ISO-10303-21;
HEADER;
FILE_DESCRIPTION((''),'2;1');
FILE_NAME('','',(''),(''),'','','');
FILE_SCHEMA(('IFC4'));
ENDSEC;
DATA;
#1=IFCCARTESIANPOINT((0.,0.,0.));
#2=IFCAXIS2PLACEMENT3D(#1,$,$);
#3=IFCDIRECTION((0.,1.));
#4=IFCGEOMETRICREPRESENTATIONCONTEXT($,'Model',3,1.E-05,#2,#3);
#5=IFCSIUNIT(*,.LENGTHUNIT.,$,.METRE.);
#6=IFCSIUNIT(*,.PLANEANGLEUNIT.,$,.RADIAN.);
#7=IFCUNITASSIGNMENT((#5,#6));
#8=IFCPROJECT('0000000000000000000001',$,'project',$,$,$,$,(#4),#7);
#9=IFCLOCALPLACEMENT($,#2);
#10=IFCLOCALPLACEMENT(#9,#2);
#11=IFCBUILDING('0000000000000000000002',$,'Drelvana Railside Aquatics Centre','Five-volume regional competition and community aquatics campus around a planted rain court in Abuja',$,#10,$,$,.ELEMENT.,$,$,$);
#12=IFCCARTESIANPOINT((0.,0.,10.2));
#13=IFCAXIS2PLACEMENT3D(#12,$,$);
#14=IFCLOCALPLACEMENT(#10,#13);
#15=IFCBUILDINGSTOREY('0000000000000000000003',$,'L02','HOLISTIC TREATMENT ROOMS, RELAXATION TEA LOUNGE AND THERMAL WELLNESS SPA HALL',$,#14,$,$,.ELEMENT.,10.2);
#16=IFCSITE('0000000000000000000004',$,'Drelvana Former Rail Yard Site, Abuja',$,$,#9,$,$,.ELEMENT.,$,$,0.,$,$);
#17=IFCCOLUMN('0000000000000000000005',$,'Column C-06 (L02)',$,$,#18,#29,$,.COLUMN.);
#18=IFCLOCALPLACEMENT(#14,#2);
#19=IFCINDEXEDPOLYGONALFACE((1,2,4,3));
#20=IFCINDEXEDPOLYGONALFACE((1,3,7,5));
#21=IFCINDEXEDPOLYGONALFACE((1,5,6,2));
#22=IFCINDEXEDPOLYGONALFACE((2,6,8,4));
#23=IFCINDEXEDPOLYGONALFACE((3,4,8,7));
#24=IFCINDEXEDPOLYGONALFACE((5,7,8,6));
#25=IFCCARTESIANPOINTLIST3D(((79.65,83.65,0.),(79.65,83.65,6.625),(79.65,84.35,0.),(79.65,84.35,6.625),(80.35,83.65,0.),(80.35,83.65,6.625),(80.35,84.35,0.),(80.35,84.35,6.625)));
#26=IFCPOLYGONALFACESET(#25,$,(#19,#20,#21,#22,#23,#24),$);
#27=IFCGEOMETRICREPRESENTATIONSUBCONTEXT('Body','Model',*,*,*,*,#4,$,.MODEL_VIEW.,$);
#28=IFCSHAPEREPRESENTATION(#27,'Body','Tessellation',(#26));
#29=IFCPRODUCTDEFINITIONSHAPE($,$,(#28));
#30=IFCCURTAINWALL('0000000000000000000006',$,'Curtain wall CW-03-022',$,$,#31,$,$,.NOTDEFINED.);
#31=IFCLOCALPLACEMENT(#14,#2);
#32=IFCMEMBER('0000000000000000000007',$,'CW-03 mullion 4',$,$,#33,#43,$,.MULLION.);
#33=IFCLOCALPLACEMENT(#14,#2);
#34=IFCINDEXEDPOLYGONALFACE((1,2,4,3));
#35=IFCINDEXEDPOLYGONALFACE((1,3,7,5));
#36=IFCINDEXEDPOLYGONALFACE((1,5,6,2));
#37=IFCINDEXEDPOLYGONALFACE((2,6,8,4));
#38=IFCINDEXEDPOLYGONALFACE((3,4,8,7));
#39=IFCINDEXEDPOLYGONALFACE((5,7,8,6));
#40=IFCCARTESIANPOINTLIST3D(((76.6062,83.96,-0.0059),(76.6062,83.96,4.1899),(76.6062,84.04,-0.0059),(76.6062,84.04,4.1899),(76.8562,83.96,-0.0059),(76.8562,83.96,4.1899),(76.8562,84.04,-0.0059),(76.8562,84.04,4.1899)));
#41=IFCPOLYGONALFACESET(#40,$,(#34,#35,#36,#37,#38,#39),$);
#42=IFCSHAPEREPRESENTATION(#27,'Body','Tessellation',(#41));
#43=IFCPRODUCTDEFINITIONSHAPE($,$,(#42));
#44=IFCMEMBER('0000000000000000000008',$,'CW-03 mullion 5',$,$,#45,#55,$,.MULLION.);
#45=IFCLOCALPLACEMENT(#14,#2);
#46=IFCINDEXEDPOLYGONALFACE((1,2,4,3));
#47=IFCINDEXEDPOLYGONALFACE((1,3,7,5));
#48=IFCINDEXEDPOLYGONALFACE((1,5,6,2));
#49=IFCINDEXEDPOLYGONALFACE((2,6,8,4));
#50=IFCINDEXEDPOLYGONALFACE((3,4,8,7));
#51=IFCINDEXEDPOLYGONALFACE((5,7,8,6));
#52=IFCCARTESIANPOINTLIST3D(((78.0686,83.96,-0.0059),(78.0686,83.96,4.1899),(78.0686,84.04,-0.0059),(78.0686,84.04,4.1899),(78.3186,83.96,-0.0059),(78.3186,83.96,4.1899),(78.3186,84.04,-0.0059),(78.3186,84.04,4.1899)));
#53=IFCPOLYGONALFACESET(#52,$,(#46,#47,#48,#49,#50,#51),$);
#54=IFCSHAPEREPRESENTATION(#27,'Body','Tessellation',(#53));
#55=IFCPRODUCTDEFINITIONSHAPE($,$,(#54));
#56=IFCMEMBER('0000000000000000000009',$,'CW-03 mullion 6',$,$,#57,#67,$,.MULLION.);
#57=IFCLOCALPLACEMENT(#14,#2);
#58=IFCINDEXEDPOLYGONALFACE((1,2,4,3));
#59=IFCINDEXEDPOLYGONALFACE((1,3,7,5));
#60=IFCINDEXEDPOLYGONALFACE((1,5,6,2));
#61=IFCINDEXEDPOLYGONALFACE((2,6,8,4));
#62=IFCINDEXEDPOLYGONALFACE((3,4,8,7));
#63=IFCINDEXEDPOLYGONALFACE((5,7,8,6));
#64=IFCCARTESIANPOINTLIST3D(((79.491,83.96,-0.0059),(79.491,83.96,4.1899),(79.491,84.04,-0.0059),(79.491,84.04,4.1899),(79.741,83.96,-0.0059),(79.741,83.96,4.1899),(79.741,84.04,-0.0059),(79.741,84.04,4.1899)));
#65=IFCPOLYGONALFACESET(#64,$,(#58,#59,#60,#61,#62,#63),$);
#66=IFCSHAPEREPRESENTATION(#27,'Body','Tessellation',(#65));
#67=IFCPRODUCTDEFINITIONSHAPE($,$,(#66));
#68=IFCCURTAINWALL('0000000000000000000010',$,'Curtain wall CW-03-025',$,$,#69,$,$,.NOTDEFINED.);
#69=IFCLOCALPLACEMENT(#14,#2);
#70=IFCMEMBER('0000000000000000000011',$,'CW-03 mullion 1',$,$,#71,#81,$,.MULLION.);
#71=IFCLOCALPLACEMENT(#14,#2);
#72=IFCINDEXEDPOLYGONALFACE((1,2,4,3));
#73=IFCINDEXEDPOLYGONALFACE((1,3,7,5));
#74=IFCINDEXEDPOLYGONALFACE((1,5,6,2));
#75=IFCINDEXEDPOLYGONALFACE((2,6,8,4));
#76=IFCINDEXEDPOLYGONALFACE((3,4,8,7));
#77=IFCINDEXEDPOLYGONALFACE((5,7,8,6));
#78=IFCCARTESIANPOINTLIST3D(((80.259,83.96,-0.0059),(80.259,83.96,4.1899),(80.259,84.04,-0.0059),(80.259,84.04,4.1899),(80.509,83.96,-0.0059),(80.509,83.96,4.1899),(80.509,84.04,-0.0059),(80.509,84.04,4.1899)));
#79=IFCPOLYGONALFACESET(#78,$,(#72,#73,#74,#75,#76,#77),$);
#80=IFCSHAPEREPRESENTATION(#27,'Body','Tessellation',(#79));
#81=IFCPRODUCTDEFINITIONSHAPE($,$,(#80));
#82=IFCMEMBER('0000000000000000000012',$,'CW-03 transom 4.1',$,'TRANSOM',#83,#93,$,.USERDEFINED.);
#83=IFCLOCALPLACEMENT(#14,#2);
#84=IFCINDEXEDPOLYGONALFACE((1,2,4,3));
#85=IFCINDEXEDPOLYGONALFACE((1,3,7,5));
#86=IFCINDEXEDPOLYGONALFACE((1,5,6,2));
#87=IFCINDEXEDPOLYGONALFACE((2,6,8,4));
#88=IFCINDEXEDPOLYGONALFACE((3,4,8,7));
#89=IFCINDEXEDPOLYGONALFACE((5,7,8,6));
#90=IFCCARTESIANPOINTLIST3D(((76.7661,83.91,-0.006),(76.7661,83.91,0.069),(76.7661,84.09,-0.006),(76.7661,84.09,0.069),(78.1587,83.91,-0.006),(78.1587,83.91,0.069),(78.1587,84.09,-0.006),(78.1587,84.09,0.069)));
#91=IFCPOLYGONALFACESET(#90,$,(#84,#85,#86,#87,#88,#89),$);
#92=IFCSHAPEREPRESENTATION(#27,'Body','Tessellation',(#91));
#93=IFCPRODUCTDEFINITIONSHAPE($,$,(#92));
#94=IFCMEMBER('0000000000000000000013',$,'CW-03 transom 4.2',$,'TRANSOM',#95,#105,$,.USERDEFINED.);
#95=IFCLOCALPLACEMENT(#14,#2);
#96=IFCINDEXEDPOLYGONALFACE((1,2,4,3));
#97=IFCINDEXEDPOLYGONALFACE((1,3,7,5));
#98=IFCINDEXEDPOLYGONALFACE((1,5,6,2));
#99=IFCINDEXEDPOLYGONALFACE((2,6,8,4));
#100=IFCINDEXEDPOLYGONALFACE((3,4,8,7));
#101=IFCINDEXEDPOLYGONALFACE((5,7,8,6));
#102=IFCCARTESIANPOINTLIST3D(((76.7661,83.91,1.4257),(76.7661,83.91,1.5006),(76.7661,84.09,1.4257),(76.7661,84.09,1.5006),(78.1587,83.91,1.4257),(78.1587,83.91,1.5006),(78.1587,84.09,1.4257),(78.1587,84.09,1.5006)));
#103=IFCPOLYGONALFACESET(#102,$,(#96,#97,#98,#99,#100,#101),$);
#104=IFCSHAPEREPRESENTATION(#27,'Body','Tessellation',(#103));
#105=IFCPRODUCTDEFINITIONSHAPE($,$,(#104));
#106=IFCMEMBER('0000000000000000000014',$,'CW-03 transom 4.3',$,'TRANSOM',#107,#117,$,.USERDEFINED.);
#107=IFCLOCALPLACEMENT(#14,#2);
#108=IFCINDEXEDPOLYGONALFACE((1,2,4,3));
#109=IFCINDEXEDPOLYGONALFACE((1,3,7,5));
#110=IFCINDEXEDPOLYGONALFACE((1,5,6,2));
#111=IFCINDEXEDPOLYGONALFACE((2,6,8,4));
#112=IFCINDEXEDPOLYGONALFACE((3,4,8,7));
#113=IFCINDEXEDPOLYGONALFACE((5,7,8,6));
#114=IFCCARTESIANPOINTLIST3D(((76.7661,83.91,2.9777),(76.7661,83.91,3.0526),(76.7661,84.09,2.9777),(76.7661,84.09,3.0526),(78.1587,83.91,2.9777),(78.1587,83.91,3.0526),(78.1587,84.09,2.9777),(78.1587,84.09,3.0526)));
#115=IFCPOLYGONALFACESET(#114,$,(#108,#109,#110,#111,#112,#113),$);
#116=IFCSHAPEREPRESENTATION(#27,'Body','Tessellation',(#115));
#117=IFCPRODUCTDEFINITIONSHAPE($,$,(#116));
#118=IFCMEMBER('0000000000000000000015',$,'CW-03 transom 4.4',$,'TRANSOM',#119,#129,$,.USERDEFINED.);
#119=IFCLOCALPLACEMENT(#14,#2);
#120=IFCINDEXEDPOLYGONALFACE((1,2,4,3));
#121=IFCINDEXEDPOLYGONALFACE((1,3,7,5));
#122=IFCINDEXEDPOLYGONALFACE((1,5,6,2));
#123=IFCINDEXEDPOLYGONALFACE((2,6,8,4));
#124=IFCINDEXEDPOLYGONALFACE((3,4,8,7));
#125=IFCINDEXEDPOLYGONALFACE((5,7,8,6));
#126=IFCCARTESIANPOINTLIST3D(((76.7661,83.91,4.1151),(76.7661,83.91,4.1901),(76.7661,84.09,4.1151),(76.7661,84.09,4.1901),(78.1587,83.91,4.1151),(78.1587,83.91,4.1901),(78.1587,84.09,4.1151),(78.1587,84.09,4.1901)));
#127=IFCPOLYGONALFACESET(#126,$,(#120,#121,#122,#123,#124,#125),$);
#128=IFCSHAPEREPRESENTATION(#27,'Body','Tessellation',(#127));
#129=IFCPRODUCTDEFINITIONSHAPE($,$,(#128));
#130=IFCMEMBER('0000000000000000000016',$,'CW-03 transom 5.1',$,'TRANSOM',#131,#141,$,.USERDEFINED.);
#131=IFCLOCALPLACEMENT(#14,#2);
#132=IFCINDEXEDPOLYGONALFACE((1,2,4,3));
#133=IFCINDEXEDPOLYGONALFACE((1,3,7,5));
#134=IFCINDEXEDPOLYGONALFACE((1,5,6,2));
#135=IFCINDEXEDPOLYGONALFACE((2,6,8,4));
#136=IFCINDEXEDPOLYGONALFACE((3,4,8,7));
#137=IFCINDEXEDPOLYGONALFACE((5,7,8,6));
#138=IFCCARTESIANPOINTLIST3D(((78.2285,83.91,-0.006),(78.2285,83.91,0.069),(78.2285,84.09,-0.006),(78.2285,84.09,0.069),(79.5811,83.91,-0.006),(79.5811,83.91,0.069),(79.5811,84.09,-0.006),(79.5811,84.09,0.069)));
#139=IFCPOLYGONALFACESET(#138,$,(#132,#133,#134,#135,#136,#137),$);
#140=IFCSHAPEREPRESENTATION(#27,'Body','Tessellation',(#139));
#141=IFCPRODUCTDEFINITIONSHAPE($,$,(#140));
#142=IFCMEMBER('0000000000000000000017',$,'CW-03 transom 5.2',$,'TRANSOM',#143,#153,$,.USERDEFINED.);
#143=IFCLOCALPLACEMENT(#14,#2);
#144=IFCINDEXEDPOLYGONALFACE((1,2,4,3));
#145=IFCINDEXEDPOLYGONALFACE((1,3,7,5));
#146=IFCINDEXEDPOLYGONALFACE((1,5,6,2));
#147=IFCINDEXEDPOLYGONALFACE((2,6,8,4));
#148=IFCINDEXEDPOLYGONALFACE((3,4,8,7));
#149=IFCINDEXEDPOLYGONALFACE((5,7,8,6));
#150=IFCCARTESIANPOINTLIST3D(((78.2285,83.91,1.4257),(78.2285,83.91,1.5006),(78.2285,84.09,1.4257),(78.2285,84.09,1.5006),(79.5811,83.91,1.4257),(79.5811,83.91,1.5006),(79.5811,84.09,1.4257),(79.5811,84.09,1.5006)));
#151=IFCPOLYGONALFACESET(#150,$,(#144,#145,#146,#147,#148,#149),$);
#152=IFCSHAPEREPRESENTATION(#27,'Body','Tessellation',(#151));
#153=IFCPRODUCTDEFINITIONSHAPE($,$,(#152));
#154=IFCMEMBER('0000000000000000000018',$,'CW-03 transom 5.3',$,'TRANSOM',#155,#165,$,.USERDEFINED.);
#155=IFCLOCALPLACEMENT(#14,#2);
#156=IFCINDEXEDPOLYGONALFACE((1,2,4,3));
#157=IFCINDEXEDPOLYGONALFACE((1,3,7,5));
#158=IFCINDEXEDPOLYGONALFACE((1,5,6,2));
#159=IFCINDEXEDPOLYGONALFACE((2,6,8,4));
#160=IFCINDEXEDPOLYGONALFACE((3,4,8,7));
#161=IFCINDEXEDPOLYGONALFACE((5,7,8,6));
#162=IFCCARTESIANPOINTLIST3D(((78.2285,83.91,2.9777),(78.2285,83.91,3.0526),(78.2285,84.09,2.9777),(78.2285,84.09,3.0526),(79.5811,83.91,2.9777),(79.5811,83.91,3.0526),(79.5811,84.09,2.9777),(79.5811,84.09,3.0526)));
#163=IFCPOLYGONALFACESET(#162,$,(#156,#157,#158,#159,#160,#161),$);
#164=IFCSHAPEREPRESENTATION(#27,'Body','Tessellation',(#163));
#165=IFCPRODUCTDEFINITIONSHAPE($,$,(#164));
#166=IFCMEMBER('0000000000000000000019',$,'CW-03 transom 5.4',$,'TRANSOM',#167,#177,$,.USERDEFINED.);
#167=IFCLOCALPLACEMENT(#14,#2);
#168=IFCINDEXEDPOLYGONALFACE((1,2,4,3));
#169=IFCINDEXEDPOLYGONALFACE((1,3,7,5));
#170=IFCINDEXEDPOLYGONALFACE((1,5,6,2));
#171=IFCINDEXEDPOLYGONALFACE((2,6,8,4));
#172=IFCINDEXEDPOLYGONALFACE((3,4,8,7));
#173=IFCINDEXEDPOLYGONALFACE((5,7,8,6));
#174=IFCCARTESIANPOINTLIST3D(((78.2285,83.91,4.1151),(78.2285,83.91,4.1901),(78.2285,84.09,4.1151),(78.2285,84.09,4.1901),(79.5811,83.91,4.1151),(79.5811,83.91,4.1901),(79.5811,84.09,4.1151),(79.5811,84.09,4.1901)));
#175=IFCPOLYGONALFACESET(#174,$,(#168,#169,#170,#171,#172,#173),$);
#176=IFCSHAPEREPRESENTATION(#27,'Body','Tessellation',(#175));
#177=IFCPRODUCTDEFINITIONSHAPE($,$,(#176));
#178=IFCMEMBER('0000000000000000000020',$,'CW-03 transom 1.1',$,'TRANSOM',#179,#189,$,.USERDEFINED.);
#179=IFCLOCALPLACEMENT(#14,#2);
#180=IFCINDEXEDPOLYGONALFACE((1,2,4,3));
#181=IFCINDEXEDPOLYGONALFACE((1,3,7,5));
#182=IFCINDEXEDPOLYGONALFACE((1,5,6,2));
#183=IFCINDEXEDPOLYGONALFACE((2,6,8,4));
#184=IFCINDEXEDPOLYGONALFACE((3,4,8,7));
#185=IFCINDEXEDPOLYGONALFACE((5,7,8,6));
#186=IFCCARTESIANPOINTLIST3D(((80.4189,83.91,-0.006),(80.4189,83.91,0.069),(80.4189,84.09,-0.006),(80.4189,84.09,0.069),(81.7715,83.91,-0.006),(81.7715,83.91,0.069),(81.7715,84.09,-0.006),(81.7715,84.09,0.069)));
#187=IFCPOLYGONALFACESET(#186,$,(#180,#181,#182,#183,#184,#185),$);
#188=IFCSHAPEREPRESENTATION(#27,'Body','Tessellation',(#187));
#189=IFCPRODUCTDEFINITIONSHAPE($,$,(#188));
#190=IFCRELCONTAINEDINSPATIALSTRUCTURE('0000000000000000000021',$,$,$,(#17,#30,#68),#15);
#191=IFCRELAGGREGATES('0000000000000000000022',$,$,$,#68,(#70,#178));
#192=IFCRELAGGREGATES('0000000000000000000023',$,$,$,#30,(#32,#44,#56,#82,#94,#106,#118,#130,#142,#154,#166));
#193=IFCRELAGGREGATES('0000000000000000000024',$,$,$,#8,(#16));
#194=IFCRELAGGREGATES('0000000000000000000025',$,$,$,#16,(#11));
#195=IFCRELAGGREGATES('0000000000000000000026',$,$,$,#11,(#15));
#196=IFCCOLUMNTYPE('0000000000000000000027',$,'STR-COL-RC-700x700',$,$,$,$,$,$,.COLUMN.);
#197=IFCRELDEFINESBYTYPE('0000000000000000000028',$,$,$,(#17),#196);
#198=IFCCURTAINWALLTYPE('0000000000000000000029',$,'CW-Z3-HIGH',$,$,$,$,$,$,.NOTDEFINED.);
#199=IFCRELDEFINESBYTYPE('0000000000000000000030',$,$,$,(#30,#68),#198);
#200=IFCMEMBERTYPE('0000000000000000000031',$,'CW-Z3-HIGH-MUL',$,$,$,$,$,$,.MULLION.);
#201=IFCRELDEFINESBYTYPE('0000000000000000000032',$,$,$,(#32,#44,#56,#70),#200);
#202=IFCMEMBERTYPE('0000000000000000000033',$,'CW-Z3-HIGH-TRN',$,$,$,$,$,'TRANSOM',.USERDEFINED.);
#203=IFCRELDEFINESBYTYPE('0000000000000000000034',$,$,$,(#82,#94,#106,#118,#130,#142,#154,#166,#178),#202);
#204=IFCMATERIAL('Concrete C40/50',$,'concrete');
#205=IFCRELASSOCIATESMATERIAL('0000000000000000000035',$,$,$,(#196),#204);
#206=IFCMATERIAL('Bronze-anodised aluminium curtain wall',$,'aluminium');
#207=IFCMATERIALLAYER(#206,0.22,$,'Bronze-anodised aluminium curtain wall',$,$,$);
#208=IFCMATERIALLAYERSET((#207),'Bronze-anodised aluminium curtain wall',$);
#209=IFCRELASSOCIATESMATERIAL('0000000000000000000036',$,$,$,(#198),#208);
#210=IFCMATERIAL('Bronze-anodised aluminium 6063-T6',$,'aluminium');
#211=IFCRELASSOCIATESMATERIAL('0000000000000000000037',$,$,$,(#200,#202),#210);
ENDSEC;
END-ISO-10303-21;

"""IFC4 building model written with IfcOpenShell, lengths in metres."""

from ifc_helpers import new_model, si_unit, direction, frame, origin, origin_2d, place, context, subcontext, project, spatial, rectangle, extrude, material, layer, layer_set, material_profile, profile_set, type_object, element, aggregate, save


model = new_model("IFC4")

# Units and contexts
model_context = context("Model", 3, precision=1e-05, world=origin(), true_north=direction((0.0, 1.0)))
body_context = subcontext(model_context, "Body", "Model", "MODEL_VIEW")
ifc_project = project(units=[si_unit("LENGTHUNIT", "METRE"), si_unit("PLANEANGLEUNIT", "RADIAN")], contexts=[model_context])

# Site, building, storey
site_placement = place(None, origin())
site = spatial("IfcSite", under=ifc_project, at=site_placement, Name="Drelvana Former Rail Yard Site, Abuja", CompositionType="ELEMENT", RefElevation=0.0)
building_placement = place(site_placement, origin())
building = spatial("IfcBuilding", under=site, at=building_placement, Name="Drelvana Railside Aquatics Centre", Description="Five-volume regional competition and community aquatics campus around a planted rain court in Abuja", CompositionType="ELEMENT")
storey_placement = place(building_placement, frame((0.0, 0.0, 10.2)))
storey = spatial("IfcBuildingStorey", under=building, at=storey_placement, Name="L02", Description="HOLISTIC TREATMENT ROOMS, RELAXATION TEA LOUNGE AND THERMAL WELLNESS SPA HALL", CompositionType="ELEMENT", Elevation=10.2)

# Column
ifc_material_1 = material(Name="Concrete C40/50", Category="concrete")
ifc_material_profile_1 = material_profile(ifc_material_1, rectangle(XDim=0.7, YDim=0.7, at=origin_2d()), Name="RC 700x700")
ifc_profile_set_1 = profile_set([ifc_material_profile_1], Name="Concrete C40/50")
column_type = type_object("IfcColumnType", Name="STR-COL-RC-700x700", PredefinedType="COLUMN", material=ifc_profile_set_1)
column_placement = place(storey_placement, frame((80.0, 84.0, 0.0), z_axis=(0.0, 0.0, 1.0), x_axis=(1.0, 0.0, 0.0)))
element("IfcColumn", 1, at=column_placement, inside=storey, type_object=column_type, Name="Column C-06 (L02)", PredefinedType="COLUMN", context=body_context, shape_type="SweptSolid", body=[
    extrude(rectangle(XDim=0.7, YDim=0.7, at=origin_2d()), origin(), (0.0, 0.0, 1.0), 6.625),
])

# Curtain wall, members
ifc_material_2 = material(Name="Bronze-anodised aluminium curtain wall", Category="aluminium")
ifc_layer_1 = layer(ifc_material_2, 0.22, Name="Bronze-anodised aluminium curtain wall")
ifc_layer_set_1 = layer_set([ifc_layer_1], Name="Bronze-anodised aluminium curtain wall")
curtain_wall_type = type_object("IfcCurtainWallType", Name="CW-Z3-HIGH", PredefinedType="NOTDEFINED", material=ifc_layer_set_1)
curtain_wall_1_placement = place(storey_placement, origin())
curtain_wall_1 = element("IfcCurtainWall", 2, at=curtain_wall_1_placement, inside=storey, type_object=curtain_wall_type, Name="Curtain wall CW-03-022", PredefinedType="NOTDEFINED")
ifc_material_3 = material(Name="Bronze-anodised aluminium 6063-T6", Category="aluminium")
ifc_material_profile_2 = material_profile(ifc_material_3, rectangle(XDim=0.0801, YDim=0.25, at=origin_2d()), Name="ALU-M 80x250")
ifc_profile_set_2 = profile_set([ifc_material_profile_2], Name="Bronze-anodised aluminium 6063-T6")
member_type_1 = type_object("IfcMemberType", Name="CW-Z3-HIGH-MUL", PredefinedType="MULLION", material=ifc_profile_set_2)
member_1_placement = place(storey_placement, frame((76.7312, 84.0, -0.0059), z_axis=(0.0, 0.0, 1.0), x_axis=(0.0, 1.0, 0.0)))
member_1 = element("IfcMember", 3, at=member_1_placement, type_object=member_type_1, Name="CW-03 mullion 4", PredefinedType="MULLION", context=body_context, shape_type="SweptSolid", body=[
    extrude(rectangle(XDim=0.0801, YDim=0.25, at=origin_2d()), origin(), (0.0, 0.0, 1.0), 4.1958),
])
member_2_placement = place(storey_placement, frame((78.1936, 84.0, -0.0059), z_axis=(0.0, 0.0, 1.0), x_axis=(0.0, 1.0, 0.0)))
member_2 = element("IfcMember", 4, at=member_2_placement, type_object=member_type_1, Name="CW-03 mullion 5", PredefinedType="MULLION", context=body_context, shape_type="SweptSolid", body=[
    extrude(rectangle(XDim=0.0801, YDim=0.25, at=origin_2d()), origin(), (0.0, 0.0, 1.0), 4.1958),
])
member_3_placement = place(storey_placement, frame((79.616, 84.0, -0.0059), z_axis=(0.0, 0.0, 1.0), x_axis=(0.0, 1.0, 0.0)))
member_3 = element("IfcMember", 5, at=member_3_placement, type_object=member_type_1, Name="CW-03 mullion 6", PredefinedType="MULLION", context=body_context, shape_type="SweptSolid", body=[
    extrude(rectangle(XDim=0.0801, YDim=0.25, at=origin_2d()), origin(), (0.0, 0.0, 1.0), 4.1958),
])

# Curtain wall, member
curtain_wall_2_placement = place(storey_placement, origin())
curtain_wall_2 = element("IfcCurtainWall", 6, at=curtain_wall_2_placement, inside=storey, type_object=curtain_wall_type, Name="Curtain wall CW-03-025", PredefinedType="NOTDEFINED")
member_4_placement = place(storey_placement, frame((80.384, 84.0, -0.0059), z_axis=(0.0, 0.0, 1.0), x_axis=(0.0, 1.0, 0.0)))
member_4 = element("IfcMember", 7, at=member_4_placement, type_object=member_type_1, Name="CW-03 mullion 1", PredefinedType="MULLION", context=body_context, shape_type="SweptSolid", body=[
    extrude(rectangle(XDim=0.0801, YDim=0.25, at=origin_2d()), origin(), (0.0, 0.0, 1.0), 4.1958),
])

# Members
ifc_material_profile_3 = material_profile(ifc_material_3, rectangle(XDim=0.1799, YDim=0.075, at=origin_2d()), Name="ALU-T 75x180")
ifc_profile_set_3 = profile_set([ifc_material_profile_3], Name="Bronze-anodised aluminium 6063-T6")
member_type_2 = type_object("IfcMemberType", Name="CW-Z3-HIGH-TRN", ElementType="TRANSOM", PredefinedType="USERDEFINED", material=ifc_profile_set_3)
member_5_placement = place(storey_placement, frame((76.7661, 84.0, 0.0315), z_axis=(1.0, 0.0, 0.0), x_axis=(0.0, 1.0, 0.0)))
member_5 = element("IfcMember", 8, at=member_5_placement, type_object=member_type_2, Name="CW-03 transom 4.1", ObjectType="TRANSOM", PredefinedType="USERDEFINED", context=body_context, shape_type="SweptSolid", body=[
    extrude(rectangle(XDim=0.1799, YDim=0.075, at=origin_2d()), origin(), (0.0, 0.0, 1.0), 1.3926),
])
member_6_placement = place(storey_placement, frame((76.7661, 84.0, 1.4631), z_axis=(1.0, 0.0, 0.0), x_axis=(0.0, 1.0, 0.0)))
member_6 = element("IfcMember", 9, at=member_6_placement, type_object=member_type_2, Name="CW-03 transom 4.2", ObjectType="TRANSOM", PredefinedType="USERDEFINED", context=body_context, shape_type="SweptSolid", body=[
    extrude(rectangle(XDim=0.1799, YDim=0.075, at=origin_2d()), origin(), (0.0, 0.0, 1.0), 1.3926),
])
member_7_placement = place(storey_placement, frame((76.7661, 84.0, 3.0151), z_axis=(1.0, 0.0, 0.0), x_axis=(0.0, 1.0, 0.0)))
member_7 = element("IfcMember", 10, at=member_7_placement, type_object=member_type_2, Name="CW-03 transom 4.3", ObjectType="TRANSOM", PredefinedType="USERDEFINED", context=body_context, shape_type="SweptSolid", body=[
    extrude(rectangle(XDim=0.1799, YDim=0.075, at=origin_2d()), origin(), (0.0, 0.0, 1.0), 1.3926),
])
member_8_placement = place(storey_placement, frame((76.7661, 84.0, 4.1526), z_axis=(1.0, 0.0, 0.0), x_axis=(0.0, 1.0, 0.0)))
member_8 = element("IfcMember", 11, at=member_8_placement, type_object=member_type_2, Name="CW-03 transom 4.4", ObjectType="TRANSOM", PredefinedType="USERDEFINED", context=body_context, shape_type="SweptSolid", body=[
    extrude(rectangle(XDim=0.1799, YDim=0.075, at=origin_2d()), origin(), (0.0, 0.0, 1.0), 1.3926),
])
member_9_placement = place(storey_placement, frame((78.2285, 84.0, 0.0315), z_axis=(1.0, 0.0, 0.0), x_axis=(0.0, 1.0, 0.0)))
member_9 = element("IfcMember", 12, at=member_9_placement, type_object=member_type_2, Name="CW-03 transom 5.1", ObjectType="TRANSOM", PredefinedType="USERDEFINED", context=body_context, shape_type="SweptSolid", body=[
    extrude(rectangle(XDim=0.1799, YDim=0.075, at=origin_2d()), origin(), (0.0, 0.0, 1.0), 1.3525),
])
member_10_placement = place(storey_placement, frame((78.2285, 84.0, 1.4631), z_axis=(1.0, 0.0, 0.0), x_axis=(0.0, 1.0, 0.0)))
member_10 = element("IfcMember", 13, at=member_10_placement, type_object=member_type_2, Name="CW-03 transom 5.2", ObjectType="TRANSOM", PredefinedType="USERDEFINED", context=body_context, shape_type="SweptSolid", body=[
    extrude(rectangle(XDim=0.1799, YDim=0.075, at=origin_2d()), origin(), (0.0, 0.0, 1.0), 1.3525),
])
member_11_placement = place(storey_placement, frame((78.2285, 84.0, 3.0151), z_axis=(1.0, 0.0, 0.0), x_axis=(0.0, 1.0, 0.0)))
member_11 = element("IfcMember", 14, at=member_11_placement, type_object=member_type_2, Name="CW-03 transom 5.3", ObjectType="TRANSOM", PredefinedType="USERDEFINED", context=body_context, shape_type="SweptSolid", body=[
    extrude(rectangle(XDim=0.1799, YDim=0.075, at=origin_2d()), origin(), (0.0, 0.0, 1.0), 1.3525),
])
member_12_placement = place(storey_placement, frame((78.2285, 84.0, 4.1526), z_axis=(1.0, 0.0, 0.0), x_axis=(0.0, 1.0, 0.0)))
member_12 = element("IfcMember", 15, at=member_12_placement, type_object=member_type_2, Name="CW-03 transom 5.4", ObjectType="TRANSOM", PredefinedType="USERDEFINED", context=body_context, shape_type="SweptSolid", body=[
    extrude(rectangle(XDim=0.1799, YDim=0.075, at=origin_2d()), origin(), (0.0, 0.0, 1.0), 1.3525),
])
member_13_placement = place(storey_placement, frame((80.4189, 84.0, 0.0315), z_axis=(1.0, 0.0, 0.0), x_axis=(0.0, 1.0, 0.0)))
member_13 = element("IfcMember", 16, at=member_13_placement, type_object=member_type_2, Name="CW-03 transom 1.1", ObjectType="TRANSOM", PredefinedType="USERDEFINED", context=body_context, shape_type="SweptSolid", body=[
    extrude(rectangle(XDim=0.1799, YDim=0.075, at=origin_2d()), origin(), (0.0, 0.0, 1.0), 1.3525),
])
aggregate(curtain_wall_2, [member_4, member_13])

aggregate(curtain_wall_1, [member_1, member_2, member_3, member_5, member_6, member_7, member_8, member_9, member_10, member_11, member_12])

save(model, "model.ifc")
